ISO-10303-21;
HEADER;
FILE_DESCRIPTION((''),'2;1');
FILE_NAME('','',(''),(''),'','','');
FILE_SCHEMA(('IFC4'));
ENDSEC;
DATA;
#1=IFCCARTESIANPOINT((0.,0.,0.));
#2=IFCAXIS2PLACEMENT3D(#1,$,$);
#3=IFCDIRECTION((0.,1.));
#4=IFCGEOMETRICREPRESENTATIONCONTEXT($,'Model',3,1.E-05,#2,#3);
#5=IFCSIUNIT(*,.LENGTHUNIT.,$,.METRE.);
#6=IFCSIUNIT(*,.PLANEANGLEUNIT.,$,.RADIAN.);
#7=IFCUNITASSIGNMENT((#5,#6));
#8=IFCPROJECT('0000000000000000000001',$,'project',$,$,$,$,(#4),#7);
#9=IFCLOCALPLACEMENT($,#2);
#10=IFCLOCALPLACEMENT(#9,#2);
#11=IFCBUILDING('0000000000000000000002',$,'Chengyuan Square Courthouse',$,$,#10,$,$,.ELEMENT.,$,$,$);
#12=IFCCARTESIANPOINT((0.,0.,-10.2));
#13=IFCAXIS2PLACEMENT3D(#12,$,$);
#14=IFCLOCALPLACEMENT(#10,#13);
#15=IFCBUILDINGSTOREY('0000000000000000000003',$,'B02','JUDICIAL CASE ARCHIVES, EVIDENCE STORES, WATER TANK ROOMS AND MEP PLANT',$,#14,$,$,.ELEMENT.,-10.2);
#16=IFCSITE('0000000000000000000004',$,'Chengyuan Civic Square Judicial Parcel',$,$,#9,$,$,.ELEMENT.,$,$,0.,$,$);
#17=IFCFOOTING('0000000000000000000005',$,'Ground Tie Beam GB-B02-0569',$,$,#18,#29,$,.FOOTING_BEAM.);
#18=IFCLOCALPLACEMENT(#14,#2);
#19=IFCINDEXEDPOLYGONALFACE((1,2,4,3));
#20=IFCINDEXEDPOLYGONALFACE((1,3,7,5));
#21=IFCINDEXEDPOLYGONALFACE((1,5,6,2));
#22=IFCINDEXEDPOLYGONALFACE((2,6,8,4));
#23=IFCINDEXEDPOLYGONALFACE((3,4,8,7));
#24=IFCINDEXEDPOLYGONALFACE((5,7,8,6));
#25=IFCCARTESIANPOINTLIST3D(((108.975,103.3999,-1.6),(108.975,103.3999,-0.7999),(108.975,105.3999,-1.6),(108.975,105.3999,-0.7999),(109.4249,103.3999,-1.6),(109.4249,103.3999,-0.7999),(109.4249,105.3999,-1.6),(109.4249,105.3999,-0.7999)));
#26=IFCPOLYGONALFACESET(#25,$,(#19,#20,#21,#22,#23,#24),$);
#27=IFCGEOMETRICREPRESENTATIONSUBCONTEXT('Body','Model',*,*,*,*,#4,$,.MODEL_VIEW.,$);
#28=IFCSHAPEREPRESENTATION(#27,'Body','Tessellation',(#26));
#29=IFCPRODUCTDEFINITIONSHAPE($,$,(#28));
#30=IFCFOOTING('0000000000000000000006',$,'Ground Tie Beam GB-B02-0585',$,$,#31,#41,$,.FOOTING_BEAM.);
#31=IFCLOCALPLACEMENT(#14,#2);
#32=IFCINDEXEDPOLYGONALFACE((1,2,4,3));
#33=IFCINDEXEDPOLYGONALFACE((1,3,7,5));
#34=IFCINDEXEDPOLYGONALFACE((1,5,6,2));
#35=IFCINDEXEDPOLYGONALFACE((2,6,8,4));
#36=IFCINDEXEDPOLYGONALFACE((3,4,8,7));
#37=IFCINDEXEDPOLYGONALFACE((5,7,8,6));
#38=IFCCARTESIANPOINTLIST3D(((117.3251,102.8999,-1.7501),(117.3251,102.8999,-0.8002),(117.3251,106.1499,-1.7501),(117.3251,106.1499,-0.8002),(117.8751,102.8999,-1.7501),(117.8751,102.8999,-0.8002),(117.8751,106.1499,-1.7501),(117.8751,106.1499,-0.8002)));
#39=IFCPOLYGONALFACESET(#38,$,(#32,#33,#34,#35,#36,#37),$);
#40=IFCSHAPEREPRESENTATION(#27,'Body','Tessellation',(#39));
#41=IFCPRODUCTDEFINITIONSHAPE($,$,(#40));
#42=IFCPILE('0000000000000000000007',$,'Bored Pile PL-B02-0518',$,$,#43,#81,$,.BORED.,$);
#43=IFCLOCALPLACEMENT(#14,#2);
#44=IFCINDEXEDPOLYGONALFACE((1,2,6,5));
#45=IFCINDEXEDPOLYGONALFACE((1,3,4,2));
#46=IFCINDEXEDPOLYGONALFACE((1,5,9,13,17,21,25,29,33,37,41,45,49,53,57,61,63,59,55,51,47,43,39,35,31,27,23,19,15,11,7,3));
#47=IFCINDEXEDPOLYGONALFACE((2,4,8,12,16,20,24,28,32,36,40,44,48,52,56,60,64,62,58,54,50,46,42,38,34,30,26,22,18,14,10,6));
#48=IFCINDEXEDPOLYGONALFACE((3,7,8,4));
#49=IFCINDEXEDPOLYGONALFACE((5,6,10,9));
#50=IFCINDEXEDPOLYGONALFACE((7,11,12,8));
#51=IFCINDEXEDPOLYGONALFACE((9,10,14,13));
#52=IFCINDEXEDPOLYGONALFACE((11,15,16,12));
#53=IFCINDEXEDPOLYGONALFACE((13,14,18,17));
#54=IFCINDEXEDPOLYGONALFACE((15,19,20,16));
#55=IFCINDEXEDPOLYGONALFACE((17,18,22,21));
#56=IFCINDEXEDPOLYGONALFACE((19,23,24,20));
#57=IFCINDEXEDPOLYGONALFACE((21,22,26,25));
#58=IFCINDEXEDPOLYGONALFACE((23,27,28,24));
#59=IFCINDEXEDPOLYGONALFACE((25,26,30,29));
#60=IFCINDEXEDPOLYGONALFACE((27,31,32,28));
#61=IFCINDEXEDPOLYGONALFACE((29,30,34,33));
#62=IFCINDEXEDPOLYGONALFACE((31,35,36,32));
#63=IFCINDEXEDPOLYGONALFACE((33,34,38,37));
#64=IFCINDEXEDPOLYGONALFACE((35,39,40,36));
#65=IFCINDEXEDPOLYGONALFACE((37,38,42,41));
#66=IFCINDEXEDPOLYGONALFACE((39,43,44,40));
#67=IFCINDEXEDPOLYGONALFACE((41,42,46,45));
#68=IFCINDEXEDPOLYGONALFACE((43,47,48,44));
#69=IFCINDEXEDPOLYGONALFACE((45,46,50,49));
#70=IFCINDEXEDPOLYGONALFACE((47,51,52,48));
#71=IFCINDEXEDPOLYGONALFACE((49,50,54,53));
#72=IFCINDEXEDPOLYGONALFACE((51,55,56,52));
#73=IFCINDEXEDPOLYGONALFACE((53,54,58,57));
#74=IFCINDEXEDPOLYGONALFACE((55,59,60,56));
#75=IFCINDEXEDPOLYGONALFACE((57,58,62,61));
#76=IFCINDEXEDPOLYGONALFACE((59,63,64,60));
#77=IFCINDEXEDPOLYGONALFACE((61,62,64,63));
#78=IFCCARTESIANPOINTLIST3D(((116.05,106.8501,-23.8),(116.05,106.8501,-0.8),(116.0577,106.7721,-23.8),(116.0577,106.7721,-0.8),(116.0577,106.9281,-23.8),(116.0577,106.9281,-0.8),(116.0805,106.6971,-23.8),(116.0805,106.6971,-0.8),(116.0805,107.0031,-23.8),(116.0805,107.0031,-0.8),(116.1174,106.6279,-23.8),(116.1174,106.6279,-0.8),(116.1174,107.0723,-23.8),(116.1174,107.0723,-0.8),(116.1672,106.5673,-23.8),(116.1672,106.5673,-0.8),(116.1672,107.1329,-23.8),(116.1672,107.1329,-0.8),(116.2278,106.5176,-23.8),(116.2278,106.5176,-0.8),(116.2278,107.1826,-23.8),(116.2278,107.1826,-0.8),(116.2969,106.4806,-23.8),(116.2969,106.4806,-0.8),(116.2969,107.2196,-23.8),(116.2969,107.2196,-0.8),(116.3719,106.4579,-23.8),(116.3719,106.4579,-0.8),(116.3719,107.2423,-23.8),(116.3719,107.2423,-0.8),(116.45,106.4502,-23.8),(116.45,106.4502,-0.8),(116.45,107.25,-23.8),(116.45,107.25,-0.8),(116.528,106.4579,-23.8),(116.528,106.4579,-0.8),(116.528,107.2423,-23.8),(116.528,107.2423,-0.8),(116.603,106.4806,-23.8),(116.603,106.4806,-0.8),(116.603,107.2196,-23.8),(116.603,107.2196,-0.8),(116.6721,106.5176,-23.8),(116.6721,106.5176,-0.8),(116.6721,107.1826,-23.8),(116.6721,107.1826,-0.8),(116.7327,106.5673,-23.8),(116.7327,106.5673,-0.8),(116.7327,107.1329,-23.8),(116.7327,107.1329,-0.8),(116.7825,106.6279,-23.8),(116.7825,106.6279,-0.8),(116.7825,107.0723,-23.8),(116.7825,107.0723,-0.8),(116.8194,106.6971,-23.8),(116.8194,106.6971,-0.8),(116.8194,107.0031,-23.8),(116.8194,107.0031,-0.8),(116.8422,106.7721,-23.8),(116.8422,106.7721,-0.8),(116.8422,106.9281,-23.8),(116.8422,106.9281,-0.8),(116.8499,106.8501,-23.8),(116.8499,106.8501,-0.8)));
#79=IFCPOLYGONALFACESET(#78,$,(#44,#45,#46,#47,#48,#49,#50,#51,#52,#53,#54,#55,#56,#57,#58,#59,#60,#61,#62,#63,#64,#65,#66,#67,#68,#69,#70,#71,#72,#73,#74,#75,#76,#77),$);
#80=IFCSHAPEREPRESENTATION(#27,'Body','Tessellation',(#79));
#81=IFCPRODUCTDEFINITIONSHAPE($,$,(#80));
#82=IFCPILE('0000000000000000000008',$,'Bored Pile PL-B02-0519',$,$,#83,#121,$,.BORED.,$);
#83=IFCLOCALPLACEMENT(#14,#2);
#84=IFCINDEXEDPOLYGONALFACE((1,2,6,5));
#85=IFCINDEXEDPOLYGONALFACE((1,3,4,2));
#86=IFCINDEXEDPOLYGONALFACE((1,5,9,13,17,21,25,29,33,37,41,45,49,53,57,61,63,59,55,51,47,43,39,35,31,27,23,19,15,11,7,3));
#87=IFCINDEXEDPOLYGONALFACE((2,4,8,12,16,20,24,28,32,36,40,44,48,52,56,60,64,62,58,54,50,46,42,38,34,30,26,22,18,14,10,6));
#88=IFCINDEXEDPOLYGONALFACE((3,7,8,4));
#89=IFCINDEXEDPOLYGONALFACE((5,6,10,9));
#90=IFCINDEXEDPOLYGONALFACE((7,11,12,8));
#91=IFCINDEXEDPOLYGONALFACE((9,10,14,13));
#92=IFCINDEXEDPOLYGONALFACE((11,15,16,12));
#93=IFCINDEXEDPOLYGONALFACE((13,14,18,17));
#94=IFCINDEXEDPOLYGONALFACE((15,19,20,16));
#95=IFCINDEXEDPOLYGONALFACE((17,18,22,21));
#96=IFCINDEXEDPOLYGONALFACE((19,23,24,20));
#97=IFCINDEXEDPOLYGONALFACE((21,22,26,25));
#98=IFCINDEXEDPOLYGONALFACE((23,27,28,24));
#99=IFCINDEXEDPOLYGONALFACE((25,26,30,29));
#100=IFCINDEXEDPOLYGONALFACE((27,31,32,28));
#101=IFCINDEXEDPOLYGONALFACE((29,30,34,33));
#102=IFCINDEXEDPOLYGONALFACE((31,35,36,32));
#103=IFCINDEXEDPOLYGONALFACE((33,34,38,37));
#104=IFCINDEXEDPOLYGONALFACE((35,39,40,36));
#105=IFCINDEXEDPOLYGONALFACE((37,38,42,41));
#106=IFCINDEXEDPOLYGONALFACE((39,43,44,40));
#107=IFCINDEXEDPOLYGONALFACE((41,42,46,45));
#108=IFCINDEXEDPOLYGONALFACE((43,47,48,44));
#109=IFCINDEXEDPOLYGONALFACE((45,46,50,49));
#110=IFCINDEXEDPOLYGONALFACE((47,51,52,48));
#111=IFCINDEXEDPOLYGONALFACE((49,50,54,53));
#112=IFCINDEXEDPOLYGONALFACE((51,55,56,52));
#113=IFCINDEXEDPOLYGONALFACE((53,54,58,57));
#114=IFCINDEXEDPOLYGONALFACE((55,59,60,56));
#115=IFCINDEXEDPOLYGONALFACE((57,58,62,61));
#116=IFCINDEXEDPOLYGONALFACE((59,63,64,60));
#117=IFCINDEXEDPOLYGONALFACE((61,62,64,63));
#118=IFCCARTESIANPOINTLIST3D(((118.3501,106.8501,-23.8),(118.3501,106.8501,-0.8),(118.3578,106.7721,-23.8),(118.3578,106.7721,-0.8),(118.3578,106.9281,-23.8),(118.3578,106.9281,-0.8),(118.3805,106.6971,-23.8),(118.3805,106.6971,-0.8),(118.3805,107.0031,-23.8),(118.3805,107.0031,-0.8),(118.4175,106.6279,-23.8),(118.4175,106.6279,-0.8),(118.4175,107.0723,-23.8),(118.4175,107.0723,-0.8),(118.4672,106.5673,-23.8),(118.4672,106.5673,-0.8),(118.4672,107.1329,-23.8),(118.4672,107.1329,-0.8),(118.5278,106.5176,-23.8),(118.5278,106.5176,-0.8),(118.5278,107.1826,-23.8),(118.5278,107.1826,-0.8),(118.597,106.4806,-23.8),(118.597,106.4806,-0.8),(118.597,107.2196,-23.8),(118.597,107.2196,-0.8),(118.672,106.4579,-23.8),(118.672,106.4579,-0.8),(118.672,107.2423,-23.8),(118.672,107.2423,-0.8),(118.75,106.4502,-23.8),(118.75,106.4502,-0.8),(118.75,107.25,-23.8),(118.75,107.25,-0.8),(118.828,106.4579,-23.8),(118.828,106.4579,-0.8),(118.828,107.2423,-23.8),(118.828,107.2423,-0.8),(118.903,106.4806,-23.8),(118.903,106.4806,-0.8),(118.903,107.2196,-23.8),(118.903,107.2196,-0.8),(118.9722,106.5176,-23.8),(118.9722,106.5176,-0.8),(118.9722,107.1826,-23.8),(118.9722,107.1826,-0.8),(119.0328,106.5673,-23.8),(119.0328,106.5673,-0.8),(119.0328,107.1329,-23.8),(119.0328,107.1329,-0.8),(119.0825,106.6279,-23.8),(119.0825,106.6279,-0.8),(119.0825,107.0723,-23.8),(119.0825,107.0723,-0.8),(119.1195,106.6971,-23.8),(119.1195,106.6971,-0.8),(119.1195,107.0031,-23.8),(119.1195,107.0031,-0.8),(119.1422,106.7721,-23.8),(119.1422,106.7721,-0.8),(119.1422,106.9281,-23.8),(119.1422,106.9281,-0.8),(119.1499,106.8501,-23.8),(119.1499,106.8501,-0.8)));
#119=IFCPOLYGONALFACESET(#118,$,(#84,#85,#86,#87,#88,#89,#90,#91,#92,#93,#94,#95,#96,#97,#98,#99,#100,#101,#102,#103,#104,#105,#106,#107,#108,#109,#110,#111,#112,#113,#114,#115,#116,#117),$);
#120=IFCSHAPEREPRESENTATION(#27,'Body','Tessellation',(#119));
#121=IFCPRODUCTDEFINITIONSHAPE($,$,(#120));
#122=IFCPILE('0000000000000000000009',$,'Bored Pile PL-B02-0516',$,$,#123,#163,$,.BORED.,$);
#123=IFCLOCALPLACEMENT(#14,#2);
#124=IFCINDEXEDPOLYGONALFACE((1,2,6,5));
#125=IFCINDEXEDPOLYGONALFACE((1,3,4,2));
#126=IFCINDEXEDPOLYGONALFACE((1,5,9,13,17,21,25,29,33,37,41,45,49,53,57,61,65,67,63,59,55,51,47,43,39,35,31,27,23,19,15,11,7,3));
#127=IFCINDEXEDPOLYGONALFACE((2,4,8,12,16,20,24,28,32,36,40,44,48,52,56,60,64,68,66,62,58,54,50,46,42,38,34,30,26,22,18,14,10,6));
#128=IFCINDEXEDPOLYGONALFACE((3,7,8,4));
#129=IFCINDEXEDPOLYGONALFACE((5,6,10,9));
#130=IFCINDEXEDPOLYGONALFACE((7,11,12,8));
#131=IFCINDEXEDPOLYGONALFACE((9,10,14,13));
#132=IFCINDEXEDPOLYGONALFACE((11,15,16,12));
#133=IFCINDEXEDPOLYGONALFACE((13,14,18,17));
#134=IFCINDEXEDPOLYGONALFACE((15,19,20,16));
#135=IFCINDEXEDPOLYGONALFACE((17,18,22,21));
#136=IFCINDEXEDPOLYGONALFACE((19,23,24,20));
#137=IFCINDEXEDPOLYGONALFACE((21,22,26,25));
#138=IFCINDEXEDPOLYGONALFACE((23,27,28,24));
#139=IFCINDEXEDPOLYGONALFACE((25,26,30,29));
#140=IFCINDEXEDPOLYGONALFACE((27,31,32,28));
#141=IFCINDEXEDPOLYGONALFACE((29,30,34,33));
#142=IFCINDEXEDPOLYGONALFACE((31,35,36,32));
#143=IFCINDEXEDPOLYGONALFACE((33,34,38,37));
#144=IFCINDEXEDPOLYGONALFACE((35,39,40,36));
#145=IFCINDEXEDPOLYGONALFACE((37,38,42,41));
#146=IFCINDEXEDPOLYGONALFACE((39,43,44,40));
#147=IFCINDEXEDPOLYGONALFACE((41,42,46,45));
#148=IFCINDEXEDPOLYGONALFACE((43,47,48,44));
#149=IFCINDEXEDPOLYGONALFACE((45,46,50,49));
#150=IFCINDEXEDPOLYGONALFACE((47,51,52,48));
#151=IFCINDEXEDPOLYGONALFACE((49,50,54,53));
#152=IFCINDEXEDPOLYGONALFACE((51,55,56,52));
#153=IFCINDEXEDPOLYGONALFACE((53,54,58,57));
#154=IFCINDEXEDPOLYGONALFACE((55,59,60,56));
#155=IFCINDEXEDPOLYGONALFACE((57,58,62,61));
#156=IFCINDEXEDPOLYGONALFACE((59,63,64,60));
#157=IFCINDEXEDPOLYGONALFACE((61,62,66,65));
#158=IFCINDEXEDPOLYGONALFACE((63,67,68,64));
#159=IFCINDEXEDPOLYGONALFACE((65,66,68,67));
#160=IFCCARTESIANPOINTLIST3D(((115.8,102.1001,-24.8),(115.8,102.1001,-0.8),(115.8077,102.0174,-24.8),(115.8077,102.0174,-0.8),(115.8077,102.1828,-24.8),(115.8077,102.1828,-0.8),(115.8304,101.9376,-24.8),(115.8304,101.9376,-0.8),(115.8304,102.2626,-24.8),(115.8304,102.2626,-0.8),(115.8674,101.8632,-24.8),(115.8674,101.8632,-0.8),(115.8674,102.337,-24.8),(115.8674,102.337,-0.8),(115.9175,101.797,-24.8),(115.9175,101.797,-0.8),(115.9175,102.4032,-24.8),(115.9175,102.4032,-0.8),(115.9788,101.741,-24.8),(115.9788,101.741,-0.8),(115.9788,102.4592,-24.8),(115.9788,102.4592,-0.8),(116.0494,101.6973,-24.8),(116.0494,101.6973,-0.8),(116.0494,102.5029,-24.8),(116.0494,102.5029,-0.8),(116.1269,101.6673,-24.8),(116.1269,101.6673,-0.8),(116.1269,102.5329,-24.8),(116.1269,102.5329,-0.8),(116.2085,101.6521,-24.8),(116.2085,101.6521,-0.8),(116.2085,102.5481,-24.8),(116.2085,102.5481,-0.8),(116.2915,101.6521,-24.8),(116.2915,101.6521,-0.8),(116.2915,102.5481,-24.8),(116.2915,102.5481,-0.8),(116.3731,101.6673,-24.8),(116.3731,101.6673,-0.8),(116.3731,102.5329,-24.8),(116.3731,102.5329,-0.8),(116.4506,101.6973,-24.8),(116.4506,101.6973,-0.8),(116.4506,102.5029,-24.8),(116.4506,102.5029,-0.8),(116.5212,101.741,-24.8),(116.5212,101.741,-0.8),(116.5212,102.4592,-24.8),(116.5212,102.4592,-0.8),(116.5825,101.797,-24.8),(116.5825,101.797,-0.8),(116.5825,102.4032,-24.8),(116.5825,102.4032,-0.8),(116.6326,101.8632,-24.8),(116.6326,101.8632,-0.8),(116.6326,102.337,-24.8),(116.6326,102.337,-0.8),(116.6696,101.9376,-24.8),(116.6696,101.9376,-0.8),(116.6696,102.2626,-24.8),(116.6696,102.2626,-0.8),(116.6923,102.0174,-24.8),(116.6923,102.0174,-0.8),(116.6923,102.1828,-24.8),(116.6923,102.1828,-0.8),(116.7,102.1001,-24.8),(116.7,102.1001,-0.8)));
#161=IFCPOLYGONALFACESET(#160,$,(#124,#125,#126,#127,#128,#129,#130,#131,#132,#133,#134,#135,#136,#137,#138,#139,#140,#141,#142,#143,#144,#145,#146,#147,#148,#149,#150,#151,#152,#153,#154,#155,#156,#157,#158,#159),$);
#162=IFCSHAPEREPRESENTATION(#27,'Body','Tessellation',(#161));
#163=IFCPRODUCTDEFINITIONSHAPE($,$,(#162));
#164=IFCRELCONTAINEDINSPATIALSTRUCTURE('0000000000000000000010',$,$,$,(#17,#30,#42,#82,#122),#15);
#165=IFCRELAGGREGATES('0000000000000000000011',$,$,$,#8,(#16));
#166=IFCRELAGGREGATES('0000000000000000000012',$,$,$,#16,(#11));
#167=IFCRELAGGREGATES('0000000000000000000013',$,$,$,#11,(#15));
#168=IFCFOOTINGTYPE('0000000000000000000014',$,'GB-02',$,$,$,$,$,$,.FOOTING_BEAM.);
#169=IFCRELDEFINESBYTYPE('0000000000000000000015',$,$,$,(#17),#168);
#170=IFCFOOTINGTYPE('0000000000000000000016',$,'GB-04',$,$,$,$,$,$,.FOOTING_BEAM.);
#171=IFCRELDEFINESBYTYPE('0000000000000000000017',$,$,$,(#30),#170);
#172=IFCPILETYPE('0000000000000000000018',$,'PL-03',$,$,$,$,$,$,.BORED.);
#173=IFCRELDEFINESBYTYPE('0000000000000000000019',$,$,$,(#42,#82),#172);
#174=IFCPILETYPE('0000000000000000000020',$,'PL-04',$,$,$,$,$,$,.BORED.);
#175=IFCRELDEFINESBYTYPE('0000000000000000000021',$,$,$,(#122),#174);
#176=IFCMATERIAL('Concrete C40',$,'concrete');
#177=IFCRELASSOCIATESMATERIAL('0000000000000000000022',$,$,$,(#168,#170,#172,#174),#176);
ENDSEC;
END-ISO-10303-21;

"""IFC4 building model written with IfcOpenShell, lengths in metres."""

from ifc_helpers import new_model, si_unit, direction, frame, origin, origin_2d, place, context, subcontext, project, spatial, rectangle, circle, extrude, material, material_profile, profile_set, type_object, element, save


model = new_model("IFC4")

# Units and contexts
model_context = context("Model", 3, precision=1e-05, world=origin(), true_north=direction((0.0, 1.0)))
body_context = subcontext(model_context, "Body", "Model", "MODEL_VIEW")
ifc_project = project(units=[si_unit("LENGTHUNIT", "METRE"), si_unit("PLANEANGLEUNIT", "RADIAN")], contexts=[model_context])

# Site, building, storey
site_placement = place(None, origin())
site = spatial("IfcSite", under=ifc_project, at=site_placement, Name="Chengyuan Civic Square Judicial Parcel", CompositionType="ELEMENT", RefElevation=0.0)
building_placement = place(site_placement, origin())
building = spatial("IfcBuilding", under=site, at=building_placement, Name="Chengyuan Square Courthouse", CompositionType="ELEMENT")
storey_placement = place(building_placement, frame((0.0, 0.0, -10.2)))
storey = spatial("IfcBuildingStorey", under=building, at=storey_placement, Name="B02", Description="JUDICIAL CASE ARCHIVES, EVIDENCE STORES, WATER TANK ROOMS AND MEP PLANT", CompositionType="ELEMENT", Elevation=-10.2)

# Footings
ifc_material_1 = material(Name="Concrete C40", Category="concrete")
ifc_material_profile_1 = material_profile(ifc_material_1, rectangle(XDim=0.45, YDim=0.8, at=origin_2d()), Name="GB-450x800")
ifc_profile_set_1 = profile_set([ifc_material_profile_1], Name="Concrete C40")
footing_type_1 = type_object("IfcFootingType", Name="GB-02", PredefinedType="FOOTING_BEAM", material=ifc_profile_set_1)
footing_1_placement = place(storey_placement, frame((109.2, 103.3999, -1.2), z_axis=(0.0, 1.0, 0.0), x_axis=(-1.0, 0.0, 0.0)))
element("IfcFooting", 1, at=footing_1_placement, inside=storey, type_object=footing_type_1, Name="Ground Tie Beam GB-B02-0569", PredefinedType="FOOTING_BEAM", context=body_context, shape_type="SweptSolid", body=[
    extrude(rectangle(XDim=0.45, YDim=0.8, at=origin_2d()), origin(), (0.0, 0.0, 1.0), 2.0),
])
ifc_material_profile_2 = material_profile(ifc_material_1, rectangle(XDim=0.55, YDim=0.95, at=origin_2d()), Name="GB-550x950")
ifc_profile_set_2 = profile_set([ifc_material_profile_2], Name="Concrete C40")
footing_type_2 = type_object("IfcFootingType", Name="GB-04", PredefinedType="FOOTING_BEAM", material=ifc_profile_set_2)
footing_2_placement = place(storey_placement, frame((117.6001, 102.8999, -1.2751), z_axis=(0.0, 1.0, 0.0), x_axis=(-1.0, 0.0, 0.0)))
element("IfcFooting", 2, at=footing_2_placement, inside=storey, type_object=footing_type_2, Name="Ground Tie Beam GB-B02-0585", PredefinedType="FOOTING_BEAM", context=body_context, shape_type="SweptSolid", body=[
    extrude(rectangle(XDim=0.55, YDim=0.95, at=origin_2d()), origin(), (0.0, 0.0, 1.0), 3.25),
])

# Piles
ifc_material_profile_3 = material_profile(ifc_material_1, circle(Radius=0.3999, at=origin_2d()), Name="BORED PILE D800")
ifc_profile_set_3 = profile_set([ifc_material_profile_3], Name="Concrete C40")
pile_type_1 = type_object("IfcPileType", Name="PL-03", PredefinedType="BORED", material=ifc_profile_set_3)
for number, where, z_axis, x_axis, name in (
    (3, (116.45, 106.8501, -0.8), (0.0, 0.0, -1.0), (1.0, 0.0, 0.0), "Bored Pile PL-B02-0518"),
    (4, (118.75, 106.8501, -0.8), (0.0, 0.0, -1.0), (1.0, 0.0, 0.0), "Bored Pile PL-B02-0519"),
):
    element("IfcPile", number, at=place(storey_placement, frame(where, z_axis=z_axis, x_axis=x_axis)), inside=storey, type_object=pile_type_1, Name=name, PredefinedType="BORED", context=body_context, shape_type="SweptSolid", body=[
        extrude(circle(Radius=0.3999, at=origin_2d()), origin(), (0.0, 0.0, 1.0), 23.0),
    ])
ifc_material_profile_4 = material_profile(ifc_material_1, circle(Radius=0.45, at=origin_2d()), Name="BORED PILE D900")
ifc_profile_set_4 = profile_set([ifc_material_profile_4], Name="Concrete C40")
pile_type_2 = type_object("IfcPileType", Name="PL-04", PredefinedType="BORED", material=ifc_profile_set_4)
for number, where, z_axis, x_axis, name in (
    (5, (116.25, 102.1001, -0.8), (0.0, 0.0, -1.0), (1.0, 0.0, 0.0), "Bored Pile PL-B02-0516"),
):
    element("IfcPile", number, at=place(storey_placement, frame(where, z_axis=z_axis, x_axis=x_axis)), inside=storey, type_object=pile_type_2, Name=name, PredefinedType="BORED", context=body_context, shape_type="SweptSolid", body=[
        extrude(circle(Radius=0.45, at=origin_2d()), origin(), (0.0, 0.0, 1.0), 24.0),
    ])

save(model, "model.ifc")
